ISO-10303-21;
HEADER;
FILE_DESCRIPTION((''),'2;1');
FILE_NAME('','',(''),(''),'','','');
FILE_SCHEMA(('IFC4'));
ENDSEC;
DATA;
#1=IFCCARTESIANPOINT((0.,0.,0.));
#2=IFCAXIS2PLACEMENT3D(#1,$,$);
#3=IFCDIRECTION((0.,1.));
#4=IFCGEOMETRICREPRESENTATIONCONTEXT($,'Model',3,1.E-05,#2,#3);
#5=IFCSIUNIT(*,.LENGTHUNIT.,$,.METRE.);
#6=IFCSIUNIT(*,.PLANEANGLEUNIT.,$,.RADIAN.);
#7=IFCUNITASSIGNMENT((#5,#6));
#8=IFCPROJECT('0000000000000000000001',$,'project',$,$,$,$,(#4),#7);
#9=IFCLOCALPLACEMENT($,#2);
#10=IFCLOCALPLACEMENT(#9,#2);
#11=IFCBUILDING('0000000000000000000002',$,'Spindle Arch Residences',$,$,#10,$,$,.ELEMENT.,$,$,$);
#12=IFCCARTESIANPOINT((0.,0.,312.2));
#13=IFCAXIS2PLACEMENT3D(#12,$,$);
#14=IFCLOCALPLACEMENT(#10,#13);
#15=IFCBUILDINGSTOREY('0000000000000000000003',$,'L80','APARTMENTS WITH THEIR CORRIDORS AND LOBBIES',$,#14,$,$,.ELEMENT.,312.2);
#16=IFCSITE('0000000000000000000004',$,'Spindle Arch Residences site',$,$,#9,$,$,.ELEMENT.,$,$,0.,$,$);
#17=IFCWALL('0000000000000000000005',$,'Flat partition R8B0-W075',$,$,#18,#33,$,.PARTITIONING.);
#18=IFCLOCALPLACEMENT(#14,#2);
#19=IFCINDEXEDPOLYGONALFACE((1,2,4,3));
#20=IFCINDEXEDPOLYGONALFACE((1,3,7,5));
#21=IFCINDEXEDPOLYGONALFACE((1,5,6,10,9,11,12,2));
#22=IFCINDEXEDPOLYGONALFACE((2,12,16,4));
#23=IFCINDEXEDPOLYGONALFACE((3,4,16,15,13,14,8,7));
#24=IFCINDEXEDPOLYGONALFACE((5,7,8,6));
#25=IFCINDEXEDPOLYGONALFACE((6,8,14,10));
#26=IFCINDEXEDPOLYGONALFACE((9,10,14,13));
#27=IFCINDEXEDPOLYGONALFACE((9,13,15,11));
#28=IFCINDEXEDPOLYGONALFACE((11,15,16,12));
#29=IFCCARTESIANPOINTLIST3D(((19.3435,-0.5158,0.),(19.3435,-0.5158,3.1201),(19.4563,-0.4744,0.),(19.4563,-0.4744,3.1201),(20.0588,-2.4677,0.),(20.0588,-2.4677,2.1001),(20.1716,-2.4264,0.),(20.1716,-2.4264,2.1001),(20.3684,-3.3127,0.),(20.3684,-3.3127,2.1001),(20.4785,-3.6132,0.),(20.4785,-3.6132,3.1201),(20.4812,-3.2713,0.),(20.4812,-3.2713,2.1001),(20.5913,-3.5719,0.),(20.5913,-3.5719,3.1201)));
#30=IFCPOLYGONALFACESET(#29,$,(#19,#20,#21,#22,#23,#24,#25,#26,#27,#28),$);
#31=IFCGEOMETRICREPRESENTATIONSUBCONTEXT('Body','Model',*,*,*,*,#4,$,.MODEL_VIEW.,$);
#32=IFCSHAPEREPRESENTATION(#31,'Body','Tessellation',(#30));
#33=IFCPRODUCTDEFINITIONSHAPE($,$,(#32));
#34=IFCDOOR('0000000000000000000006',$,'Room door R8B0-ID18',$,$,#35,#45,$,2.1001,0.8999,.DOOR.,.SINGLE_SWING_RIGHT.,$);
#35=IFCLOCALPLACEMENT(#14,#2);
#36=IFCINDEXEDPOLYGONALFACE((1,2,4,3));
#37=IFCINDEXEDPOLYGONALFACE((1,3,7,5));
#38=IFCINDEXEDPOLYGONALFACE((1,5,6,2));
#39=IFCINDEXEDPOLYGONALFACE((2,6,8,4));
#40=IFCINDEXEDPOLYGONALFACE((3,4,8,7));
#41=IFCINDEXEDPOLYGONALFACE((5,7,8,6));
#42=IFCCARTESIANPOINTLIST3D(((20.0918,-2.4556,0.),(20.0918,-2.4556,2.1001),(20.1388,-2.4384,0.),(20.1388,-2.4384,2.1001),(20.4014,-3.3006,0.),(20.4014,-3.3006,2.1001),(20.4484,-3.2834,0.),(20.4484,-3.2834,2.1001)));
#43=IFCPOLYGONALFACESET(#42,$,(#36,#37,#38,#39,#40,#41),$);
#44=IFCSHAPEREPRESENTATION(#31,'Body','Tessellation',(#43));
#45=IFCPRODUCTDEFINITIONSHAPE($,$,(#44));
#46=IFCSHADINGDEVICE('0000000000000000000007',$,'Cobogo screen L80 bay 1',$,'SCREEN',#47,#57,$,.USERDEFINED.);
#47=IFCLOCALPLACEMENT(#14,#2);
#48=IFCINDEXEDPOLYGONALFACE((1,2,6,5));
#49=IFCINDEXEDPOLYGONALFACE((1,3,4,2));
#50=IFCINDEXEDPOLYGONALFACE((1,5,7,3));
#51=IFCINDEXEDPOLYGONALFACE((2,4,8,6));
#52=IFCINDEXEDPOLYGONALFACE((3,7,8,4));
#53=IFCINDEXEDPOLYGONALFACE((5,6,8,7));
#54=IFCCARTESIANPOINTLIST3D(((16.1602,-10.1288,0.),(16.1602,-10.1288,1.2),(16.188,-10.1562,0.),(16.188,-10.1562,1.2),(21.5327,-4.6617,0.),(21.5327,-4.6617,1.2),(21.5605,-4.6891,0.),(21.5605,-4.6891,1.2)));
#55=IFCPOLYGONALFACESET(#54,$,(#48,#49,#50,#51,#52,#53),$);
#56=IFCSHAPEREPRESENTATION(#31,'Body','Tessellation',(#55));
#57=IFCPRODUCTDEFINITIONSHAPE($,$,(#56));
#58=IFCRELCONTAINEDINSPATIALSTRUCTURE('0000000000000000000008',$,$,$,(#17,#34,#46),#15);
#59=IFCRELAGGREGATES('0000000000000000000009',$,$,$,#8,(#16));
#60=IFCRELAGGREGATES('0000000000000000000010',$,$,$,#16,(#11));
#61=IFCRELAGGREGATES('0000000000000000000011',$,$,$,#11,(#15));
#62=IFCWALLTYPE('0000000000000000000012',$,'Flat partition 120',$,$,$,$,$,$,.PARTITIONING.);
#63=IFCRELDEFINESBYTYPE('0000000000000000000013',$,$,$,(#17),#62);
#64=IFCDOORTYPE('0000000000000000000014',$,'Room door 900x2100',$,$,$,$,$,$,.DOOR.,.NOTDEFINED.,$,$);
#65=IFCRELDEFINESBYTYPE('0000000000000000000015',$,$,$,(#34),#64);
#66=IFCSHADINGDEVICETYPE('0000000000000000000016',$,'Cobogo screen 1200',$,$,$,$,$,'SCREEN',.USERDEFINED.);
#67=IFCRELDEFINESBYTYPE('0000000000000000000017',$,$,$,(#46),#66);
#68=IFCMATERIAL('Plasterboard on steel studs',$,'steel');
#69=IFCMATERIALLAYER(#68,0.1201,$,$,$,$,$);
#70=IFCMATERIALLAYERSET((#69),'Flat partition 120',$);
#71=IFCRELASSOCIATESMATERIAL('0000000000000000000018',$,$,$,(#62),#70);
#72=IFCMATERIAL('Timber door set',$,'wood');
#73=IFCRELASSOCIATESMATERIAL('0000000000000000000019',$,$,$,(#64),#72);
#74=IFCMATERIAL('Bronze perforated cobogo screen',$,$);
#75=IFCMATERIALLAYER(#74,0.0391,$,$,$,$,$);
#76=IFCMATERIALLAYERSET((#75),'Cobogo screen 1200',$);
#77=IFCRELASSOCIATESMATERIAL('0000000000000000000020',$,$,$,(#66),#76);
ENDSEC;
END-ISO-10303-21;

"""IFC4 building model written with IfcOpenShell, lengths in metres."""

from ifc_helpers import new_model, si_unit, direction, frame, frame_2d, origin, origin_2d, place, context, subcontext, project, spatial, rectangle, extrude, material, layer, layer_set, type_object, element, fill, save


model = new_model("IFC4")

# Units and contexts
model_context = context("Model", 3, precision=1e-05, world=origin(), true_north=direction((0.0, 1.0)))
body_context = subcontext(model_context, "Body", "Model", "MODEL_VIEW")
ifc_project = project(units=[si_unit("LENGTHUNIT", "METRE"), si_unit("PLANEANGLEUNIT", "RADIAN")], contexts=[model_context])

# Site, building, storey
site_placement = place(None, origin())
site = spatial("IfcSite", under=ifc_project, at=site_placement, Name="Spindle Arch Residences site", CompositionType="ELEMENT", RefElevation=0.0)
building_placement = place(site_placement, origin())
building = spatial("IfcBuilding", under=site, at=building_placement, Name="Spindle Arch Residences", CompositionType="ELEMENT")
storey_placement = place(building_placement, frame((0.0, 0.0, 312.2)))
storey = spatial("IfcBuildingStorey", under=building, at=storey_placement, Name="L80", Description="APARTMENTS WITH THEIR CORRIDORS AND LOBBIES", CompositionType="ELEMENT", Elevation=312.2)

# Shared definitions
ifc_material_1 = material(Name="Plasterboard on steel studs", Category="steel")
ifc_layer_1 = layer(ifc_material_1, 0.1201)
ifc_layer_set_1 = layer_set([ifc_layer_1], Name="Flat partition 120")
wall_type_1 = type_object("IfcWallType", Name="Flat partition 120", PredefinedType="PARTITIONING", material=ifc_layer_set_1)

# Wall, opening, door
wall_1_placement = place(storey_placement, frame((20.5349, -3.5925, 0.0), z_axis=(0.0, 0.0, 1.0), x_axis=(-0.344065, 0.938946, 0.0)))
wall_1 = element("IfcWall", 1, at=wall_1_placement, inside=storey, type_object=wall_type_1, Name="Flat partition R8B0-W075", PredefinedType="PARTITIONING", context=body_context, shape_type="SweptSolid", body=[
    extrude(rectangle(XDim=3.2988, YDim=0.1201, at=frame_2d((1.6494, 0.0))), origin(), (0.0, 0.0, 1.0), 3.1201),
])
opening_1_placement = place(wall_1_placement, frame((0.3201, 0.0, 0.0)))
opening_1 = element("IfcOpeningElement", 2, at=opening_1_placement, cuts=wall_1, PredefinedType="OPENING", context=body_context, shape_type="SweptSolid", body=[
    extrude(rectangle(XDim=0.8999, YDim=2.1001, at=frame_2d((0.45, 1.05))), frame((0.0, 0.0701, 0.0), z_axis=(0.0, -1.0, 0.0), x_axis=(1.0, 0.0, 0.0)), (0.0, 0.0, 1.0), 0.1401),
])
ifc_material_2 = material(Name="Timber door set", Category="wood")
door_type_1 = type_object("IfcDoorType", Name="Room door 900x2100", OperationType="NOTDEFINED", PredefinedType="DOOR", material=ifc_material_2)
door_1_placement = place(opening_1_placement, origin())
door_1 = element("IfcDoor", 3, at=door_1_placement, inside=storey, type_object=door_type_1, Name="Room door R8B0-ID18", OperationType="SINGLE_SWING_RIGHT", OverallHeight=2.1001, OverallWidth=0.8999, PredefinedType="DOOR", context=body_context, shape_type="SweptSolid", body=[
    extrude(rectangle(XDim=0.8999, YDim=2.1001, at=frame_2d((0.45, 1.05))), frame((0.0, 0.0249, 0.0), z_axis=(0.0, -1.0, 0.0), x_axis=(1.0, 0.0, 0.0)), (0.0, 0.0, 1.0), 0.05),
])
fill(opening_1, door_1)

# Shading device
ifc_material_3 = material(Name="Bronze perforated cobogo screen")
ifc_layer_2 = layer(ifc_material_3, 0.0391)
ifc_layer_set_2 = layer_set([ifc_layer_2], Name="Cobogo screen 1200")
shading_device_type = type_object("IfcShadingDeviceType", Name="Cobogo screen 1200", ElementType="SCREEN", PredefinedType="USERDEFINED", material=ifc_layer_set_2)
shading_device_placement = place(storey_placement, frame((18.8604, -7.4089, 0.0), z_axis=(0.0, 0.0, 1.0), x_axis=(0.700909, 0.71325, 0.0)))
element("IfcShadingDevice", 4, at=shading_device_placement, inside=storey, type_object=shading_device_type, Name="Cobogo screen L80 bay 1", ObjectType="SCREEN", PredefinedType="USERDEFINED", context=body_context, shape_type="SweptSolid", body=[
    extrude(rectangle(XDim=7.665, YDim=0.0391, at=origin_2d()), origin(), (0.0, 0.0, 1.0), 1.2),
])

save(model, "model.ifc")
